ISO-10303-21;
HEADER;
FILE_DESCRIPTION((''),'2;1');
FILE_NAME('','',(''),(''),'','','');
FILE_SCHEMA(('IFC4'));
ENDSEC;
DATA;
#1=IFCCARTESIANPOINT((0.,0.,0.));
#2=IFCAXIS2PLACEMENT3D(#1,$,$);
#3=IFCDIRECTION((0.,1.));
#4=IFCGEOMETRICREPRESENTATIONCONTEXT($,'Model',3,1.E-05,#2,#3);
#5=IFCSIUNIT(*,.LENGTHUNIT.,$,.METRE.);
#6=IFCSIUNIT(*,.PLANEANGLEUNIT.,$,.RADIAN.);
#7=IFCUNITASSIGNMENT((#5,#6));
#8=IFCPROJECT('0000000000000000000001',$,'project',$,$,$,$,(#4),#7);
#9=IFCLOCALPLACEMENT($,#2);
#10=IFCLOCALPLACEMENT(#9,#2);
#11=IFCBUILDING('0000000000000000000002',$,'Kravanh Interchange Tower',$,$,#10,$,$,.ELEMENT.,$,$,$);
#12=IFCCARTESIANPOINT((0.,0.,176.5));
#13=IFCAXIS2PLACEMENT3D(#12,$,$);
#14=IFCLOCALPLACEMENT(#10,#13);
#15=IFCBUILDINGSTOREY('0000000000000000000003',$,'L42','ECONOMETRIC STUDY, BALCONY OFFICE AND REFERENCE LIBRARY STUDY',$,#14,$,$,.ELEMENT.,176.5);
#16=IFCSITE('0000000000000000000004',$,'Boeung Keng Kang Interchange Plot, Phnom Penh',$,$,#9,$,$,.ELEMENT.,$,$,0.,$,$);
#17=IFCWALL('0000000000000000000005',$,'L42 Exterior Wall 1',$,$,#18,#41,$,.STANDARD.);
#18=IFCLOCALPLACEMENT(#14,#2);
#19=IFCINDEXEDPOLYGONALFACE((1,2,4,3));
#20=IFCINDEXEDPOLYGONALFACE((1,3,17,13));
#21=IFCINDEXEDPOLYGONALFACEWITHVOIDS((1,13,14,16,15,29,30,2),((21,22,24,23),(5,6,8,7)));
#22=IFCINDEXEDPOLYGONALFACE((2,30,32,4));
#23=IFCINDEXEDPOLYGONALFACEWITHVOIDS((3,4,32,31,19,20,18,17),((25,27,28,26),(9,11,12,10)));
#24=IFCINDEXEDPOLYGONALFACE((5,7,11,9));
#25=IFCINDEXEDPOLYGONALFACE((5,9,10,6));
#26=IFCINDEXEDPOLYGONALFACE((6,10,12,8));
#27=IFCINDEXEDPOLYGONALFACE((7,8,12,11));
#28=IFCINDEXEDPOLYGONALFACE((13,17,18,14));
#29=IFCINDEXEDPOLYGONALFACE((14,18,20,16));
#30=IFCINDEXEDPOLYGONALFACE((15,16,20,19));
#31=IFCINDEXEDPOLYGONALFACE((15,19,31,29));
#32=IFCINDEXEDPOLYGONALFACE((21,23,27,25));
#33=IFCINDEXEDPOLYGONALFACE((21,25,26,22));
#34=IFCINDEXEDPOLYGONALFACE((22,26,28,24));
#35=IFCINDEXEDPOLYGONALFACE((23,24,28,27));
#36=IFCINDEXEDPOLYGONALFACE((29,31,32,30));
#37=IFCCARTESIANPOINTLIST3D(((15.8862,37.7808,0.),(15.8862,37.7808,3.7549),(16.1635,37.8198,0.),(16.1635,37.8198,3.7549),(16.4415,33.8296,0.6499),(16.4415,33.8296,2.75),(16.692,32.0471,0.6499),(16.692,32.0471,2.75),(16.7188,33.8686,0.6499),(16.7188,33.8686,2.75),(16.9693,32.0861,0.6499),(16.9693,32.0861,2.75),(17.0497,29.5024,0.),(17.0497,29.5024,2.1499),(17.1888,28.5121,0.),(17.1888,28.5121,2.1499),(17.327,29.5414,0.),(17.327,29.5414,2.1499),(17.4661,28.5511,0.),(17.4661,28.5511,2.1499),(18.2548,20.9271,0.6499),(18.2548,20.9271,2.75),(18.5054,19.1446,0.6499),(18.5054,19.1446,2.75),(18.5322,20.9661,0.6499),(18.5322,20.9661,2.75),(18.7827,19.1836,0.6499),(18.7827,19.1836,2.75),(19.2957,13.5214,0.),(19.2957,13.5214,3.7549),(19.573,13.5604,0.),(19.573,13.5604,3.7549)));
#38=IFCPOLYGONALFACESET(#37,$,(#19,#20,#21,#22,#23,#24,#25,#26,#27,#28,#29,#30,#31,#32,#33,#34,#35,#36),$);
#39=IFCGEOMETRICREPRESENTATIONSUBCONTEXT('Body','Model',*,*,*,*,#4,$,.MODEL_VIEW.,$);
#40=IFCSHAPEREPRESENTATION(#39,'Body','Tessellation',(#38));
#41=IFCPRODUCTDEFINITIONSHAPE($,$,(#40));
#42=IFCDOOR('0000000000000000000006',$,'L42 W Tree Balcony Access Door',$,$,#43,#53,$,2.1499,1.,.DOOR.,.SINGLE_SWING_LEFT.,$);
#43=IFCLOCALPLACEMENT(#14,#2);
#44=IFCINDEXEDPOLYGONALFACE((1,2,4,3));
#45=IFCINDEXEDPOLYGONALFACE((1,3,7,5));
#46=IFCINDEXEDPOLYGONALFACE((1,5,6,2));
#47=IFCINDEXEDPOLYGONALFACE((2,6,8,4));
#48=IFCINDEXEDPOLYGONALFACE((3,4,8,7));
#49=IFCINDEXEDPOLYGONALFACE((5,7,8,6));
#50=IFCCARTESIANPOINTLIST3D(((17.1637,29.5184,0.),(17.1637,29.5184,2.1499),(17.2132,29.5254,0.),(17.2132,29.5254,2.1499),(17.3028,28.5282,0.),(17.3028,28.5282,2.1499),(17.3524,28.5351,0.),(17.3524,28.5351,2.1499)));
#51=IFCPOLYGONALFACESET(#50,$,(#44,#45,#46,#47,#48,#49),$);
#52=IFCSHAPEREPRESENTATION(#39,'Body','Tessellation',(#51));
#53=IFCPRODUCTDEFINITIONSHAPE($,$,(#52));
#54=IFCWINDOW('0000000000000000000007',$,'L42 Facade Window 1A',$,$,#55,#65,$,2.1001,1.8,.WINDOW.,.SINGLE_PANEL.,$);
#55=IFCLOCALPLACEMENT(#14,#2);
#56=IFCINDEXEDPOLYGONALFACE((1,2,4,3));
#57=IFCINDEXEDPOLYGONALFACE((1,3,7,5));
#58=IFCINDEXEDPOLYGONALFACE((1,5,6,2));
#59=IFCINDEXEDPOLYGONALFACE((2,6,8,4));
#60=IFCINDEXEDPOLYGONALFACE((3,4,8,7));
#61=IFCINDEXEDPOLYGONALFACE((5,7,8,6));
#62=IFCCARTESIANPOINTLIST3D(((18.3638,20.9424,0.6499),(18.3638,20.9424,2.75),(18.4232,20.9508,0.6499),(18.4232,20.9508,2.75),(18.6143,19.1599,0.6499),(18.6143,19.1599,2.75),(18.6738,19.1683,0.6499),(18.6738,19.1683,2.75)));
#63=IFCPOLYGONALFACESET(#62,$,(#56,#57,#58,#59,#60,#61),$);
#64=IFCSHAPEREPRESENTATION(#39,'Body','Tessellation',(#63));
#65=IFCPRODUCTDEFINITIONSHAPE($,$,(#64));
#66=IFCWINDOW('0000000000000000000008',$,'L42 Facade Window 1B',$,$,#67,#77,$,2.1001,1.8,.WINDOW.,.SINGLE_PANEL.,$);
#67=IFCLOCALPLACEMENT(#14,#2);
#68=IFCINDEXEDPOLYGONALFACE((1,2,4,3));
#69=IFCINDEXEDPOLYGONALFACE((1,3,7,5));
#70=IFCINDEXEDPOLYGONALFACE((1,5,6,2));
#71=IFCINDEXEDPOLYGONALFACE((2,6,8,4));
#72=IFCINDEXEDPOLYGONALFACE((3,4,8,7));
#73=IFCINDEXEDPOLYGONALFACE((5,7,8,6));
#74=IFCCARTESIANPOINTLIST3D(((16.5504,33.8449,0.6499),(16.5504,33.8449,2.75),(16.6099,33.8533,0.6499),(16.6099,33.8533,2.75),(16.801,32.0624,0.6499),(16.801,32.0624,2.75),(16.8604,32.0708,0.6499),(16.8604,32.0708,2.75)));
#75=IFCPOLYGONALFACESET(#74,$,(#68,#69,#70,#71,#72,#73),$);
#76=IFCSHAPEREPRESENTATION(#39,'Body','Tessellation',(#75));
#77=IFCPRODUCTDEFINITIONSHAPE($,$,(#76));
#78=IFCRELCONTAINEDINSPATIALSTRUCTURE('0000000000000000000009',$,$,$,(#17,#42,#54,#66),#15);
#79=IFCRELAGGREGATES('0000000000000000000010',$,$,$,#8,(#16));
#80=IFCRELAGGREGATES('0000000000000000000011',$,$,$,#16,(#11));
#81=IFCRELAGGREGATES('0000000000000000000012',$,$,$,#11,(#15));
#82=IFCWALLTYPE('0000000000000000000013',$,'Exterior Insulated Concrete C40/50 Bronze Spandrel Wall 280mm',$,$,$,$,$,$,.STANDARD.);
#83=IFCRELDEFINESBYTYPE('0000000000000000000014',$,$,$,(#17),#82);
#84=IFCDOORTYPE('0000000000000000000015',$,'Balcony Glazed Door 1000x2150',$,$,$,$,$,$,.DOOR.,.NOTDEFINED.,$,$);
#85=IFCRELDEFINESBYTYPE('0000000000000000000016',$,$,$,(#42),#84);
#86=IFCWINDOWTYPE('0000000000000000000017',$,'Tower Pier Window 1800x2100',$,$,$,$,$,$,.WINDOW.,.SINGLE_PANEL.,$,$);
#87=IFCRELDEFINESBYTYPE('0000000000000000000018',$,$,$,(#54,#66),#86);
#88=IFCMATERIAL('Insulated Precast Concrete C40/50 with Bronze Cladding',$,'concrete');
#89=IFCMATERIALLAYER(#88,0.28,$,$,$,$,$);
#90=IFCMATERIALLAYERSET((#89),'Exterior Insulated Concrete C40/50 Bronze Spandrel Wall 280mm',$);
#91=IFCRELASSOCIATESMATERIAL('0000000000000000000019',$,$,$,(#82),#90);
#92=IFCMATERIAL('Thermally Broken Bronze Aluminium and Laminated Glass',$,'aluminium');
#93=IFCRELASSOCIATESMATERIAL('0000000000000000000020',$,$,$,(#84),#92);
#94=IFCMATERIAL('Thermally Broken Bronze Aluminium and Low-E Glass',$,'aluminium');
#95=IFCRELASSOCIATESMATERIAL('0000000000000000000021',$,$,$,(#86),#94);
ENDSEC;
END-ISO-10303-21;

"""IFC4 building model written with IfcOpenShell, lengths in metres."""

from ifc_helpers import new_model, si_unit, direction, frame, frame_2d, origin, place, context, subcontext, project, spatial, rectangle, extrude, material, layer, layer_set, type_object, element, fill, save


model = new_model("IFC4")

# Units and contexts
model_context = context("Model", 3, precision=1e-05, world=origin(), true_north=direction((0.0, 1.0)))
body_context = subcontext(model_context, "Body", "Model", "MODEL_VIEW")
ifc_project = project(units=[si_unit("LENGTHUNIT", "METRE"), si_unit("PLANEANGLEUNIT", "RADIAN")], contexts=[model_context])

# Site, building, storey
site_placement = place(None, origin())
site = spatial("IfcSite", under=ifc_project, at=site_placement, Name="Boeung Keng Kang Interchange Plot, Phnom Penh", CompositionType="ELEMENT", RefElevation=0.0)
building_placement = place(site_placement, origin())
building = spatial("IfcBuilding", under=site, at=building_placement, Name="Kravanh Interchange Tower", CompositionType="ELEMENT")
storey_placement = place(building_placement, frame((0.0, 0.0, 176.5)))
storey = spatial("IfcBuildingStorey", under=building, at=storey_placement, Name="L42", Description="ECONOMETRIC STUDY, BALCONY OFFICE AND REFERENCE LIBRARY STUDY", CompositionType="ELEMENT", Elevation=176.5)

# Wall, openings, door, windows
ifc_material_1 = material(Name="Insulated Precast Concrete C40/50 with Bronze Cladding", Category="concrete")
ifc_layer_1 = layer(ifc_material_1, 0.28)
ifc_layer_set_1 = layer_set([ifc_layer_1], Name="Exterior Insulated Concrete C40/50 Bronze Spandrel Wall 280mm")
wall_type_1 = type_object("IfcWallType", Name="Exterior Insulated Concrete C40/50 Bronze Spandrel Wall 280mm", PredefinedType="STANDARD", material=ifc_layer_set_1)
wall_1_placement = place(storey_placement, frame((19.4343, 13.5408, 0.0), z_axis=(0.0, 0.0, 1.0), x_axis=(-0.139173, 0.990268, 0.0)))
wall_1 = element("IfcWall", 1, at=wall_1_placement, inside=storey, type_object=wall_type_1, Name="L42 Exterior Wall 1", PredefinedType="STANDARD", context=body_context, shape_type="SweptSolid", body=[
    extrude(rectangle(XDim=24.4978, YDim=0.28, at=frame_2d((12.249, 0.0))), origin(), (0.0, 0.0, 1.0), 3.7549),
])
opening_1_placement = place(wall_1_placement, frame((15.1382, 0.0, 0.0)))
opening_1 = element("IfcOpeningElement", 2, at=opening_1_placement, cuts=wall_1, PredefinedType="OPENING", context=body_context, shape_type="SweptSolid", body=[
    extrude(rectangle(XDim=1.0, YDim=2.1499, at=frame_2d((0.5, 1.075))), frame((0.0, 0.1499, 0.0), z_axis=(0.0, -1.0, 0.0), x_axis=(1.0, 0.0, 0.0)), (0.0, 0.0, 1.0), 0.3),
])
opening_2_placement = place(wall_1_placement, frame((5.6787, 0.0, 0.6499)))
opening_2 = element("IfcOpeningElement", 3, at=opening_2_placement, cuts=wall_1, PredefinedType="OPENING", context=body_context, shape_type="SweptSolid", body=[
    extrude(rectangle(XDim=1.8, YDim=2.1001, at=frame_2d((0.8999, 1.05))), frame((0.0, 0.1499, 0.0), z_axis=(0.0, -1.0, 0.0), x_axis=(1.0, 0.0, 0.0)), (0.0, 0.0, 1.0), 0.3),
])
opening_3_placement = place(wall_1_placement, frame((18.708, 0.0, 0.6499)))
opening_3 = element("IfcOpeningElement", 4, at=opening_3_placement, cuts=wall_1, PredefinedType="OPENING", context=body_context, shape_type="SweptSolid", body=[
    extrude(rectangle(XDim=1.8, YDim=2.1001, at=frame_2d((0.8999, 1.05))), frame((0.0, 0.1499, 0.0), z_axis=(0.0, -1.0, 0.0), x_axis=(1.0, 0.0, 0.0)), (0.0, 0.0, 1.0), 0.3),
])
ifc_material_2 = material(Name="Thermally Broken Bronze Aluminium and Laminated Glass", Category="aluminium")
door_type_1 = type_object("IfcDoorType", Name="Balcony Glazed Door 1000x2150", OperationType="NOTDEFINED", PredefinedType="DOOR", material=ifc_material_2)
door_1_placement = place(opening_1_placement, origin())
door_1 = element("IfcDoor", 5, at=door_1_placement, inside=storey, type_object=door_type_1, Name="L42 W Tree Balcony Access Door", OperationType="SINGLE_SWING_LEFT", OverallHeight=2.1499, OverallWidth=1.0, PredefinedType="DOOR", context=body_context, shape_type="SweptSolid", body=[
    extrude(rectangle(XDim=1.0, YDim=2.1499, at=frame_2d((0.5, 1.075))), frame((0.0, 0.0249, 0.0), z_axis=(0.0, -1.0, 0.0), x_axis=(1.0, 0.0, 0.0)), (0.0, 0.0, 1.0), 0.05),
])
fill(opening_1, door_1)
ifc_material_3 = material(Name="Thermally Broken Bronze Aluminium and Low-E Glass", Category="aluminium")
window_type = type_object("IfcWindowType", Name="Tower Pier Window 1800x2100", PartitioningType="SINGLE_PANEL", PredefinedType="WINDOW", material=ifc_material_3)
window_1_placement = place(opening_2_placement, origin())
window_1 = element("IfcWindow", 6, at=window_1_placement, inside=storey, type_object=window_type, Name="L42 Facade Window 1A", OverallHeight=2.1001, OverallWidth=1.8, PartitioningType="SINGLE_PANEL", PredefinedType="WINDOW", context=body_context, shape_type="SweptSolid", body=[
    extrude(rectangle(XDim=1.8, YDim=2.1001, at=frame_2d((0.8999, 1.05))), frame((0.0, 0.03, 0.0), z_axis=(0.0, -1.0, 0.0), x_axis=(1.0, 0.0, 0.0)), (0.0, 0.0, 1.0), 0.0601),
])
fill(opening_2, window_1)
window_2_placement = place(opening_3_placement, origin())
window_2 = element("IfcWindow", 7, at=window_2_placement, inside=storey, type_object=window_type, Name="L42 Facade Window 1B", OverallHeight=2.1001, OverallWidth=1.8, PartitioningType="SINGLE_PANEL", PredefinedType="WINDOW", context=body_context, shape_type="SweptSolid", body=[
    extrude(rectangle(XDim=1.8, YDim=2.1001, at=frame_2d((0.8999, 1.05))), frame((0.0, 0.03, 0.0), z_axis=(0.0, -1.0, 0.0), x_axis=(1.0, 0.0, 0.0)), (0.0, 0.0, 1.0), 0.0601),
])
fill(opening_3, window_2)

save(model, "model.ifc")
